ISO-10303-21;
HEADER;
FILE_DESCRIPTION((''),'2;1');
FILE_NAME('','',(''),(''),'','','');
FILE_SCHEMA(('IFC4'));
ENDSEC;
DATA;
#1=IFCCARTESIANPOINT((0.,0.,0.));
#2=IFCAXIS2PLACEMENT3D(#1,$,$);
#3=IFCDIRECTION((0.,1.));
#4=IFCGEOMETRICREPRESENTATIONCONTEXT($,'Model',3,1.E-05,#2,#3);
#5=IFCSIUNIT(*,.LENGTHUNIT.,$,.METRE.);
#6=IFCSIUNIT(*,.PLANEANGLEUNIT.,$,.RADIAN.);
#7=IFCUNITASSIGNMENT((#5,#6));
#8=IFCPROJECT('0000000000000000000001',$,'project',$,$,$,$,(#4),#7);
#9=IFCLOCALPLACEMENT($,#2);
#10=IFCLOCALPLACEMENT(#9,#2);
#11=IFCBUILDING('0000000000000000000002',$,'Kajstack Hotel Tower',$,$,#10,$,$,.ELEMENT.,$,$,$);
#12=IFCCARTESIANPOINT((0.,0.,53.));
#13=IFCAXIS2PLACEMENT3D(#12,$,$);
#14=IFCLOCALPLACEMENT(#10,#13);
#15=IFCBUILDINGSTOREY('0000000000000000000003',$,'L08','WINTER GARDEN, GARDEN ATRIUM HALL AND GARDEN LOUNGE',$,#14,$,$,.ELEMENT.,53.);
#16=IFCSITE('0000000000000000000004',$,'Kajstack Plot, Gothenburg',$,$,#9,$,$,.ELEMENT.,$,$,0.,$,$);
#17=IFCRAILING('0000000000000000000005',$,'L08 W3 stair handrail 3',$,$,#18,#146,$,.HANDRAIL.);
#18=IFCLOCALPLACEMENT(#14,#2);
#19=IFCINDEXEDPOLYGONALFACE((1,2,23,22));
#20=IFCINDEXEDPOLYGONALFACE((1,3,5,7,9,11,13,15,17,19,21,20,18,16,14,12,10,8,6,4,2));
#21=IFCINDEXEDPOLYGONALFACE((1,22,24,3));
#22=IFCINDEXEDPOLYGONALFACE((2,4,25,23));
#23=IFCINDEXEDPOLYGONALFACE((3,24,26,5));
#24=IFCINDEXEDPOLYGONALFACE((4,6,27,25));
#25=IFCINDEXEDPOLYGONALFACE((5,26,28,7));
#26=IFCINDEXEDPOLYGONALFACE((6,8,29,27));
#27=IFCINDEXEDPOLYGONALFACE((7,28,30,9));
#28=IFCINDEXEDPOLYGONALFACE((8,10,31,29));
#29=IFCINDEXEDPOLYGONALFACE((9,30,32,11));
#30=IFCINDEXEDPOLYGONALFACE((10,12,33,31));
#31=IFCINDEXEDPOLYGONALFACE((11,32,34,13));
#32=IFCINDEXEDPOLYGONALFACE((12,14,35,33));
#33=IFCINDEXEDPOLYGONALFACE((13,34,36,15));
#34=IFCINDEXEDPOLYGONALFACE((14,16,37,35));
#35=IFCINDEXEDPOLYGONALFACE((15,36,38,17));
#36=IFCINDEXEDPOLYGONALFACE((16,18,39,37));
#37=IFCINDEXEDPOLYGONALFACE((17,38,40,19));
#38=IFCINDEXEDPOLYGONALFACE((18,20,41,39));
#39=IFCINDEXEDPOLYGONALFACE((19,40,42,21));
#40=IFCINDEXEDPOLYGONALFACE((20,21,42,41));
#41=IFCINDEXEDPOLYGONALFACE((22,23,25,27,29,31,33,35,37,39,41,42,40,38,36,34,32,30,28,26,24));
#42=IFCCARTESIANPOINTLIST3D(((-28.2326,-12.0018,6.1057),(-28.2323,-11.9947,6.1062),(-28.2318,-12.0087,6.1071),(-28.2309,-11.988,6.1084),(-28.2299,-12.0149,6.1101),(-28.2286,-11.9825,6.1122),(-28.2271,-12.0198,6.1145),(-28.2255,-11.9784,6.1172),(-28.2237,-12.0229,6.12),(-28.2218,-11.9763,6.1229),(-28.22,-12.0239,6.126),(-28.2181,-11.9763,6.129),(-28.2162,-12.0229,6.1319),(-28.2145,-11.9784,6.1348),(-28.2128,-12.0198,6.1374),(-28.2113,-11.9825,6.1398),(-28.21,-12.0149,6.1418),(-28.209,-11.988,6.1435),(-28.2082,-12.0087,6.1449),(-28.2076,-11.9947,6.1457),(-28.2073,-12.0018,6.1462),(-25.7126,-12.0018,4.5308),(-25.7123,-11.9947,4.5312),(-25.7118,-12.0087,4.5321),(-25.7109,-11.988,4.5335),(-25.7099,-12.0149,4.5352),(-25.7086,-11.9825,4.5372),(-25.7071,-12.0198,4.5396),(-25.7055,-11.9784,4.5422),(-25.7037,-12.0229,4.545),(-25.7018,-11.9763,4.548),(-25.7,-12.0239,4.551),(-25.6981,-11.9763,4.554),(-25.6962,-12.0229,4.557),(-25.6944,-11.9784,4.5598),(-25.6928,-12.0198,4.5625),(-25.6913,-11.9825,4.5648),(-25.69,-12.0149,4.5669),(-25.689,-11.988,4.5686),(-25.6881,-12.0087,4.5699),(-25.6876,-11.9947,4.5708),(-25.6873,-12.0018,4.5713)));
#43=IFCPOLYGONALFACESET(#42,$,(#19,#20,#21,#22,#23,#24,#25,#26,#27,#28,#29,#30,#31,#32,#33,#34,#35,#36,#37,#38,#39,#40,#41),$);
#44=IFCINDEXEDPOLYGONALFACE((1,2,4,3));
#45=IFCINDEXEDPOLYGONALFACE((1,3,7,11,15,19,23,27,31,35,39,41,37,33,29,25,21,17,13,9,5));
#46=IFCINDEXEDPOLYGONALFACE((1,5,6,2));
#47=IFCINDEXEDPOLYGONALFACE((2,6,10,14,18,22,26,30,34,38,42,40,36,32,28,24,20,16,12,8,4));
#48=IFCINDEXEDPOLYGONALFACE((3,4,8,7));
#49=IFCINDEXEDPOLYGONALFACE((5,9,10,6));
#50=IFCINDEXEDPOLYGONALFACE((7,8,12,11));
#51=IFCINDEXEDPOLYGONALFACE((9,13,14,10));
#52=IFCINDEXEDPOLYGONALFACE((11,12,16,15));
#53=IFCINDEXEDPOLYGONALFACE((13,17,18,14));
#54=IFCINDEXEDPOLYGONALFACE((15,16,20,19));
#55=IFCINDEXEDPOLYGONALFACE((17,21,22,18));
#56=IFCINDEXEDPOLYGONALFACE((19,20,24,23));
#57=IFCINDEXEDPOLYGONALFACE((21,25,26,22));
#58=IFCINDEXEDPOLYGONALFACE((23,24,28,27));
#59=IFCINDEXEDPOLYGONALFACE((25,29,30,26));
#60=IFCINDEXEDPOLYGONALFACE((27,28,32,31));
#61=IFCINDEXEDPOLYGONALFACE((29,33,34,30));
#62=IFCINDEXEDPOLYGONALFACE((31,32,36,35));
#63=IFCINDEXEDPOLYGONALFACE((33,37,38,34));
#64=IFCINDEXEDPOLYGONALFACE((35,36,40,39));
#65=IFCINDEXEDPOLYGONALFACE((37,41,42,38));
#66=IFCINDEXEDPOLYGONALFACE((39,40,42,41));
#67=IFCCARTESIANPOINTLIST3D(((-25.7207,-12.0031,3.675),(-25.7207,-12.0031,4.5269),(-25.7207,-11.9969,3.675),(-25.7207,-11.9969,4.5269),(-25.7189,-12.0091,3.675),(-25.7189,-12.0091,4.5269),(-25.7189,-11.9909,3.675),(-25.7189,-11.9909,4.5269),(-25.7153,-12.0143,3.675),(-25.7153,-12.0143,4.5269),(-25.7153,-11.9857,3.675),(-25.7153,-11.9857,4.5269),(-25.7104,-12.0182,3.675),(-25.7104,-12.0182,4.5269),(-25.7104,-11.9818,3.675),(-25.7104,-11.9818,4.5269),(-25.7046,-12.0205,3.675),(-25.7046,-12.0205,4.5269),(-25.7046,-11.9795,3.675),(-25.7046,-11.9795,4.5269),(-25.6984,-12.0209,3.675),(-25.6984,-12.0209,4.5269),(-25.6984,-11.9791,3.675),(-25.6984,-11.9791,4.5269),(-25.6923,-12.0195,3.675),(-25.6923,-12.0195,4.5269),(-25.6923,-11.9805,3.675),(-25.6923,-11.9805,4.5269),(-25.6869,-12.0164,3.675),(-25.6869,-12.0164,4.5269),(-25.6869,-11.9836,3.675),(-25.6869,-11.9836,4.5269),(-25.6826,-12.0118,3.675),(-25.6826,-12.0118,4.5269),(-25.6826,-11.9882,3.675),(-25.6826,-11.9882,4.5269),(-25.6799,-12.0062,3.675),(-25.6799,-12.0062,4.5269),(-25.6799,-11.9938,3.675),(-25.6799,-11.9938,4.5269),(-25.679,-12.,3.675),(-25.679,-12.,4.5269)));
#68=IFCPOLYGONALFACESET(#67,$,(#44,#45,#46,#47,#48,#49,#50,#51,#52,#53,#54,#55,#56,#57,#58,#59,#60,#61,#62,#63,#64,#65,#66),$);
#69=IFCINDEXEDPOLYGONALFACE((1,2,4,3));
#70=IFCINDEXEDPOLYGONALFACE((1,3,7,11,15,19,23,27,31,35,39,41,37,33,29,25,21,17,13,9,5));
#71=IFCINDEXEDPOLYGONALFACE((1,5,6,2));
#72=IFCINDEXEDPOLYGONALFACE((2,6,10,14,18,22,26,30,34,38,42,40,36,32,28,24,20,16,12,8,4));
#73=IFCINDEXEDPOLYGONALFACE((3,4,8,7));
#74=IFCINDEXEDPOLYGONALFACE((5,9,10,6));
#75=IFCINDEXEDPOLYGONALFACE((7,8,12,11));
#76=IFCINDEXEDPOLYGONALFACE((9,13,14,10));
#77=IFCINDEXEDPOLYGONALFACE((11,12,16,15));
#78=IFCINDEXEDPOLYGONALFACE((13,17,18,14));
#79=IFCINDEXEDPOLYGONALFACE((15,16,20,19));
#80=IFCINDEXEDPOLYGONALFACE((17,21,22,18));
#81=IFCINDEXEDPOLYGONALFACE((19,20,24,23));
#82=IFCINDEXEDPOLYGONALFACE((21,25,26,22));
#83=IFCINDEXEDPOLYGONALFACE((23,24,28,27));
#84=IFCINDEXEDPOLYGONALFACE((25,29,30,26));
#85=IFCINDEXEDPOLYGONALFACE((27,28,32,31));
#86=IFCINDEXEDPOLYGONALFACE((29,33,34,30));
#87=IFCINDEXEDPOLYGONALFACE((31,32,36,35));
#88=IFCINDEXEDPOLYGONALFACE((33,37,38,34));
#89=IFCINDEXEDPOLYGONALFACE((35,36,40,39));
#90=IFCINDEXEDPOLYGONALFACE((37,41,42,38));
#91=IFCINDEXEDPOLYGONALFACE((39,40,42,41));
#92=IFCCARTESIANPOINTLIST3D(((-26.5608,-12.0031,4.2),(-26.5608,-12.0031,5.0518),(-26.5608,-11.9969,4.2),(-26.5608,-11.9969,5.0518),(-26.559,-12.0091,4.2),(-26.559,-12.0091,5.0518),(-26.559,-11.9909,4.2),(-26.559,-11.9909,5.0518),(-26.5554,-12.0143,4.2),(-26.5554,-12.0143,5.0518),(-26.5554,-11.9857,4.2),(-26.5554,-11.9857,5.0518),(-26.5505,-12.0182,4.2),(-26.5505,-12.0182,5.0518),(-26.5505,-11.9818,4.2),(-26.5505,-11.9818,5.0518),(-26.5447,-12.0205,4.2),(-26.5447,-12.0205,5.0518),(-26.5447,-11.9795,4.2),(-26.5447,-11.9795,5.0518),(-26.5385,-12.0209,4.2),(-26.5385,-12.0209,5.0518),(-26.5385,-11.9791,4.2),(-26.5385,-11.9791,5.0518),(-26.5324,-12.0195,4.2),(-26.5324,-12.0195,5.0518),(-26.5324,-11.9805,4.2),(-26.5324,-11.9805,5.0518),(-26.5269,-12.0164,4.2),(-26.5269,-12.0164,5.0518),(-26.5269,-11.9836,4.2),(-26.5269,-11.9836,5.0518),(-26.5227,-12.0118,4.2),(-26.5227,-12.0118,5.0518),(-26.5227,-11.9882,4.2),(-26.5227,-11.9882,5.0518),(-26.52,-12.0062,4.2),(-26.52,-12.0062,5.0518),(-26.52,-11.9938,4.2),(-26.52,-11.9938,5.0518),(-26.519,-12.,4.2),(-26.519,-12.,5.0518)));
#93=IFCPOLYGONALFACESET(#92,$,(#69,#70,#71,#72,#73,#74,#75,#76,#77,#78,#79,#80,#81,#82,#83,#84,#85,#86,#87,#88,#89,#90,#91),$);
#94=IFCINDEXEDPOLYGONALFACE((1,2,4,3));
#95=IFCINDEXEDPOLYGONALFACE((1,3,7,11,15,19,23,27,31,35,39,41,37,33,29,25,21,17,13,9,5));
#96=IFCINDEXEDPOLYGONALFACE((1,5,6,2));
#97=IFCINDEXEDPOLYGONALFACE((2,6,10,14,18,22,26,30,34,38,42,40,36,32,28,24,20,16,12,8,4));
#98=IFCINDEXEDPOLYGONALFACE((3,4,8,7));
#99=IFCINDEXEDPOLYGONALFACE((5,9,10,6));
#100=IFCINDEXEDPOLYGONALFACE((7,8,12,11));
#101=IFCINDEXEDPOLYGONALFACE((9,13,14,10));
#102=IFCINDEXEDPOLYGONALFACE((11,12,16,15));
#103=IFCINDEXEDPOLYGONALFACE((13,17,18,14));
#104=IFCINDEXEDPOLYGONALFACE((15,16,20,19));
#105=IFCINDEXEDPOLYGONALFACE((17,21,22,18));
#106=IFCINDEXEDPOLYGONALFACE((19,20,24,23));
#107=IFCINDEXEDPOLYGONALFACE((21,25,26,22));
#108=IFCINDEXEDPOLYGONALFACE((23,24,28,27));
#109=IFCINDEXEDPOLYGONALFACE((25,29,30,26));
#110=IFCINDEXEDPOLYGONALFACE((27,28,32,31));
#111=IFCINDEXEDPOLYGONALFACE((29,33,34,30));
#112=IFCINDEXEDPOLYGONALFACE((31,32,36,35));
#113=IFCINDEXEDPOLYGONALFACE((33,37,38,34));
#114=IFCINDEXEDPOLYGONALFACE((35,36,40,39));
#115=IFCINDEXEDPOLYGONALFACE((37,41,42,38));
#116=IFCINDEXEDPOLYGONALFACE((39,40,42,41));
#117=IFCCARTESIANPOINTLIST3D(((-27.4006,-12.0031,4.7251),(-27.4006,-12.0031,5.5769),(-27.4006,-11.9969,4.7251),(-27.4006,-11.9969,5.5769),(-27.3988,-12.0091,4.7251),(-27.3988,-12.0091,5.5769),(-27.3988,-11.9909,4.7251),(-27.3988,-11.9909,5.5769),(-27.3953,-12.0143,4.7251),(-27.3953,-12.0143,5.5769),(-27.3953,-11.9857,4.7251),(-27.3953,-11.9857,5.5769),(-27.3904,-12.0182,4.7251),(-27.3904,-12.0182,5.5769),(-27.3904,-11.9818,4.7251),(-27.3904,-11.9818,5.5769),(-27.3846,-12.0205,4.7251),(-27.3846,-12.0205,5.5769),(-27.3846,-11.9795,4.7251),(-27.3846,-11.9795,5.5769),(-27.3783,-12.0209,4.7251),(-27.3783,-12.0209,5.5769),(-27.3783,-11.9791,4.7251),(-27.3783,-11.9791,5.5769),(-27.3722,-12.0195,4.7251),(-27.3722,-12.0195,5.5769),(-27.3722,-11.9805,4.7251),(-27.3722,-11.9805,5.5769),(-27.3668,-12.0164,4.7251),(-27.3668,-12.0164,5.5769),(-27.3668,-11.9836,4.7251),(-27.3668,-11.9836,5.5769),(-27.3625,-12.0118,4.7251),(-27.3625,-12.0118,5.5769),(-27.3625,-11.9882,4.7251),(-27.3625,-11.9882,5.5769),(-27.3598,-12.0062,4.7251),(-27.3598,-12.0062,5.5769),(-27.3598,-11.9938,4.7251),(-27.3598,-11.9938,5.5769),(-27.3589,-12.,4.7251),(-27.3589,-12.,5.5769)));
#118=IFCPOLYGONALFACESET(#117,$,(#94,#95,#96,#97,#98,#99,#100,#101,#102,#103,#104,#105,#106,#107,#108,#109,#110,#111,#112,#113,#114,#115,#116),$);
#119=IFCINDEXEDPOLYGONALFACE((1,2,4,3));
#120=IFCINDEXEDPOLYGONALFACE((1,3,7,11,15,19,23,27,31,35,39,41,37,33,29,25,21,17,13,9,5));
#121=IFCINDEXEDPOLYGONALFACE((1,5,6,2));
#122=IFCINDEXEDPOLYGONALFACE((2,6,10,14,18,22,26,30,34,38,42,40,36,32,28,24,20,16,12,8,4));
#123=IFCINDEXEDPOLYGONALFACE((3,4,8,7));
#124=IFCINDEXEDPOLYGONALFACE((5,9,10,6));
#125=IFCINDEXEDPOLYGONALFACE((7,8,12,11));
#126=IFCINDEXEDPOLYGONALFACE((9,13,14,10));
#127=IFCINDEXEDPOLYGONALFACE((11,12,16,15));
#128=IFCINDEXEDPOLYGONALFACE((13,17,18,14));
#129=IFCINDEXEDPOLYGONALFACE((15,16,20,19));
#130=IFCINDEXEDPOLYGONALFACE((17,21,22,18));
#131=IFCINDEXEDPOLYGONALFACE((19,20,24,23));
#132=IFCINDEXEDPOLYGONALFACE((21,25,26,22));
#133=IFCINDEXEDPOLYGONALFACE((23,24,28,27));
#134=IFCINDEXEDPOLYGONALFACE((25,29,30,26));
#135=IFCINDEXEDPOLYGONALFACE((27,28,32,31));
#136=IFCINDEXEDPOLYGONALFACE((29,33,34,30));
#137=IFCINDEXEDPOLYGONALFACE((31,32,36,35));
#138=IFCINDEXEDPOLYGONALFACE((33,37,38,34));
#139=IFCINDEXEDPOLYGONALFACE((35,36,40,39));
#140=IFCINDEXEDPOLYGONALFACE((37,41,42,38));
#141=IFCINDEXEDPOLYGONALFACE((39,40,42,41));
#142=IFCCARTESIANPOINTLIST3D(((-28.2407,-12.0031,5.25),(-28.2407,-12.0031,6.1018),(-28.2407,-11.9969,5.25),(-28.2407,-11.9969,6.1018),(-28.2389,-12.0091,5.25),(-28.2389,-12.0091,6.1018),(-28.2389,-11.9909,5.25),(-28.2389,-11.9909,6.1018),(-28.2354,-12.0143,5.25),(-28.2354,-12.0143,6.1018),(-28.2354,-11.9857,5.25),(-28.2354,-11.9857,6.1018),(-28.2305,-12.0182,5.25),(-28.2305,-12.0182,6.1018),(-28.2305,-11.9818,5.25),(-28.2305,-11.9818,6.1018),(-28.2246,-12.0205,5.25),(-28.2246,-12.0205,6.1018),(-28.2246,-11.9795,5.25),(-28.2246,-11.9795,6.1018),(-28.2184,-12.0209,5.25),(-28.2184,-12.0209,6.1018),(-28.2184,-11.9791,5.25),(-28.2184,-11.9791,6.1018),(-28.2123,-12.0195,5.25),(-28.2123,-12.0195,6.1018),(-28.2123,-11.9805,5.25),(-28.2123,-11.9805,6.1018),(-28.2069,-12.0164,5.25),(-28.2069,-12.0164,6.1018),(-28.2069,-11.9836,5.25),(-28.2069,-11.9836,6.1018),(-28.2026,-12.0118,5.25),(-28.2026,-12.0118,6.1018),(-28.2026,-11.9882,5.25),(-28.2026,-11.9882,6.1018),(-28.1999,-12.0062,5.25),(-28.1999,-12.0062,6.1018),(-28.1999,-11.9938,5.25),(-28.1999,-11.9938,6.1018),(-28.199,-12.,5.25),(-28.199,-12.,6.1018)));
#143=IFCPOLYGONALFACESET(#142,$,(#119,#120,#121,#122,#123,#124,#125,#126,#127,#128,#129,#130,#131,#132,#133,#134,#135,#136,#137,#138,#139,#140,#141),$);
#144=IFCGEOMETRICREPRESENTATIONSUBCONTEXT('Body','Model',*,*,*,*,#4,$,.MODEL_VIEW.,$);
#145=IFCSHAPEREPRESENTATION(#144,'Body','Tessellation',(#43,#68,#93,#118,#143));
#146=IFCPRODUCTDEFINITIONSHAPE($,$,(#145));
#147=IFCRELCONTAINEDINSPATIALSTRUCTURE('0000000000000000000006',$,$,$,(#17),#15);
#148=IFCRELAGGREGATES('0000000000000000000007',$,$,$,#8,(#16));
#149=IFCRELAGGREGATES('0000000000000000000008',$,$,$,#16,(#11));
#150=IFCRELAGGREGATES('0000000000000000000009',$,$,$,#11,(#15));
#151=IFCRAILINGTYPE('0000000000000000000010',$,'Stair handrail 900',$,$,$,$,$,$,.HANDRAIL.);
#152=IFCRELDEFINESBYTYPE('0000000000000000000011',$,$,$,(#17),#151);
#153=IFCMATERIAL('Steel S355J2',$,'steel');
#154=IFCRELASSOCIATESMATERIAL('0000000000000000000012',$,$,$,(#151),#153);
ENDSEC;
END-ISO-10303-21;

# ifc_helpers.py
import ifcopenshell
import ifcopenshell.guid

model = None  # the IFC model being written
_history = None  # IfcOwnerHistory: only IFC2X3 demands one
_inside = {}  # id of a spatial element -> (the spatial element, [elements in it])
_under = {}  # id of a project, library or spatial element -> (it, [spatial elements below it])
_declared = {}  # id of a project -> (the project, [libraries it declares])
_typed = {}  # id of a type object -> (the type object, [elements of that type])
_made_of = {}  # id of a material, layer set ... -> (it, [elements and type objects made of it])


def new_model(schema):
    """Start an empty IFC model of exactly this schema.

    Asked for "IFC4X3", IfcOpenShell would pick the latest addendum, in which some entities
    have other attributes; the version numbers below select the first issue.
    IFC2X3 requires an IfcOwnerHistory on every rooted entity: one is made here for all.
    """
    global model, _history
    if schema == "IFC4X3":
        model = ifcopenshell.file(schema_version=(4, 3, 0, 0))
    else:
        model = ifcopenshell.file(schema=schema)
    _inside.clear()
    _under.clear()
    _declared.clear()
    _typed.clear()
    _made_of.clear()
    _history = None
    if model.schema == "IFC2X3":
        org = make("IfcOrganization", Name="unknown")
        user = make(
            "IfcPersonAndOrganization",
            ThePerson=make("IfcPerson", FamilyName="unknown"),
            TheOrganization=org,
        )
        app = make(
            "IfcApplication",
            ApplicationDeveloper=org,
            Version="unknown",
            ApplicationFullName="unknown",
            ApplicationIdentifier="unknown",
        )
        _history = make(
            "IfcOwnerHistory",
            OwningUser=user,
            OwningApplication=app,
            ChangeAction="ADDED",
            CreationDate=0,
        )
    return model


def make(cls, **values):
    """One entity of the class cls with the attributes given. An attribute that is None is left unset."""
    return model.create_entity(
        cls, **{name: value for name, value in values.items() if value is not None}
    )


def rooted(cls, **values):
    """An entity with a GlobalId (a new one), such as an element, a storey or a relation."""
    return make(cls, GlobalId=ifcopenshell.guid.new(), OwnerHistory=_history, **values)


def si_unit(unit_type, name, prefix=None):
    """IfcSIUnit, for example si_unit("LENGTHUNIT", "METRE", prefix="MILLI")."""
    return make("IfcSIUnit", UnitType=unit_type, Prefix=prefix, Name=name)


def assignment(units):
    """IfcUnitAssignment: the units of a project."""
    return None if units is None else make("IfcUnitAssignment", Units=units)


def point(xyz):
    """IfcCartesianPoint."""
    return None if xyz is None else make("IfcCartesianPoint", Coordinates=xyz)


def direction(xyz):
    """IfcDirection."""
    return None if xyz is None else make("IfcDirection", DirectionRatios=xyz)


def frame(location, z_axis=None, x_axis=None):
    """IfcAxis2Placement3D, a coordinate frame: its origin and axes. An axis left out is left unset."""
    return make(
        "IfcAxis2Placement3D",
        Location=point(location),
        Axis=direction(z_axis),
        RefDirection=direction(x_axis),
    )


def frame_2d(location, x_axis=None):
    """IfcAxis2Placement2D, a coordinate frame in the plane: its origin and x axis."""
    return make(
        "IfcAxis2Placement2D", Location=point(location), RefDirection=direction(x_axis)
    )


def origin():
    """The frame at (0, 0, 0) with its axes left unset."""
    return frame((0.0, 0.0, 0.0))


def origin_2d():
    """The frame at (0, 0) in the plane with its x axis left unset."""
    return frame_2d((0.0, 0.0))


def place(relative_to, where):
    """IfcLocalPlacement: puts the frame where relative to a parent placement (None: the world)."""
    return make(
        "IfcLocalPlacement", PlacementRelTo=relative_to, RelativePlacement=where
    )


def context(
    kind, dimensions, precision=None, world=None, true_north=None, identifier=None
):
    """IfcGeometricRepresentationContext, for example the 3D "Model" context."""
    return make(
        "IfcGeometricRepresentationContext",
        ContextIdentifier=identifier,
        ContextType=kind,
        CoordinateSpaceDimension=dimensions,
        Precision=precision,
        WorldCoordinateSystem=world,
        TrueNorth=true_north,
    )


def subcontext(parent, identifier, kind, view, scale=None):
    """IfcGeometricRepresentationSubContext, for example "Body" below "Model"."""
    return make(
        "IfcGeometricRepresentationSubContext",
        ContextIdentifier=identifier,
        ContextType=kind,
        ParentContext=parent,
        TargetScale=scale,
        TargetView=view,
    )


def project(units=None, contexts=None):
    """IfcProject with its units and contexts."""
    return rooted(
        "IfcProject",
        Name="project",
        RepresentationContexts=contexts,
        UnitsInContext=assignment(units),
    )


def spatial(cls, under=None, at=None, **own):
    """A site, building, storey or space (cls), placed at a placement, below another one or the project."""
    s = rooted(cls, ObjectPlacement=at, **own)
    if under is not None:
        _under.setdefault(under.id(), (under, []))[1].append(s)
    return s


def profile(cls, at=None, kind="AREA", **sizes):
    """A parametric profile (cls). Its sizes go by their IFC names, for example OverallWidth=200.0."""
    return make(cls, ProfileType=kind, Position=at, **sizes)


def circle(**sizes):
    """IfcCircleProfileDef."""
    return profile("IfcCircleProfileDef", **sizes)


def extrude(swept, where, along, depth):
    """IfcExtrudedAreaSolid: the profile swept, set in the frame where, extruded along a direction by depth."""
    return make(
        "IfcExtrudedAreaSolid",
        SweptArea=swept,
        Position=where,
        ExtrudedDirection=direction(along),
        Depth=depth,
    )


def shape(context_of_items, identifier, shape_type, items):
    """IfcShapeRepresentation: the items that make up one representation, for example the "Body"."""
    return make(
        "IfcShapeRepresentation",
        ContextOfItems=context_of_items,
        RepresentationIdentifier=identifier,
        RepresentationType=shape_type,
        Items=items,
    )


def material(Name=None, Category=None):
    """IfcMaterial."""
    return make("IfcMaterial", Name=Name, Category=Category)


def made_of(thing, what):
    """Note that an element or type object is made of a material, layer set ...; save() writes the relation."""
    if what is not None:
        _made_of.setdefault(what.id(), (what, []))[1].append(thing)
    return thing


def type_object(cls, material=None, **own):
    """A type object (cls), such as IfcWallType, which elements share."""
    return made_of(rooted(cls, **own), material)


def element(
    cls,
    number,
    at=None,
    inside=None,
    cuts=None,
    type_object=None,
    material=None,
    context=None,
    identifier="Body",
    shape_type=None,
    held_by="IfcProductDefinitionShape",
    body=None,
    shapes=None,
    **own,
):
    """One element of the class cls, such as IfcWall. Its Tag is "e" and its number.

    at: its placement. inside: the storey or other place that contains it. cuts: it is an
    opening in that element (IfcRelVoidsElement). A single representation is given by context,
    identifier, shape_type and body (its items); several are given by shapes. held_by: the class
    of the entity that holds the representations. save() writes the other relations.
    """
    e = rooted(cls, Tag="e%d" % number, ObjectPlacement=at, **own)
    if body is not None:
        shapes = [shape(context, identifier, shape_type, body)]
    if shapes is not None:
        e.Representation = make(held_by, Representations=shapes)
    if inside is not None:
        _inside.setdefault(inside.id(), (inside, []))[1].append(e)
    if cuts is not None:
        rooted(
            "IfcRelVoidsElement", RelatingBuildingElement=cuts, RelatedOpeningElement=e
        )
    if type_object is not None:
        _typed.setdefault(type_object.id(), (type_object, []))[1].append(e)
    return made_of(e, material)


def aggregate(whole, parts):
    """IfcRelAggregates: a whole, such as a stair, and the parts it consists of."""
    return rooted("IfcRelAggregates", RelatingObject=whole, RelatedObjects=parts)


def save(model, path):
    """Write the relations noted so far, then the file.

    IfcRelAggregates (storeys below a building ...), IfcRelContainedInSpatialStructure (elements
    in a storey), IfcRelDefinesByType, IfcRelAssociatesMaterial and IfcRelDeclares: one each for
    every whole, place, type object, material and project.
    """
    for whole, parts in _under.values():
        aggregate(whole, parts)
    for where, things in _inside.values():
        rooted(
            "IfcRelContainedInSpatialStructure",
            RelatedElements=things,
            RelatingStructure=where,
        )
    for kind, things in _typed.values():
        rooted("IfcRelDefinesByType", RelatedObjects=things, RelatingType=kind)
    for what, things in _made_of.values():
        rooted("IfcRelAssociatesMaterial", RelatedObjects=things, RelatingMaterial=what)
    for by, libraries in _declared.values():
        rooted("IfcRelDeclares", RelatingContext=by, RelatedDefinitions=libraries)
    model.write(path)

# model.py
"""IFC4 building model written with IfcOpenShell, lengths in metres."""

from ifc_helpers import new_model, si_unit, direction, frame, origin, origin_2d, place, context, subcontext, project, spatial, circle, extrude, material, type_object, element, save


model = new_model("IFC4")

# Units and contexts
model_context = context("Model", 3, precision=1e-05, world=origin(), true_north=direction((0.0, 1.0)))
body_context = subcontext(model_context, "Body", "Model", "MODEL_VIEW")
ifc_project = project(units=[si_unit("LENGTHUNIT", "METRE"), si_unit("PLANEANGLEUNIT", "RADIAN")], contexts=[model_context])

# Site, building, storey
site_placement = place(None, origin())
site = spatial("IfcSite", under=ifc_project, at=site_placement, Name="Kajstack Plot, Gothenburg", CompositionType="ELEMENT", RefElevation=0.0)
building_placement = place(site_placement, origin())
building = spatial("IfcBuilding", under=site, at=building_placement, Name="Kajstack Hotel Tower", CompositionType="ELEMENT")
storey_placement = place(building_placement, frame((0.0, 0.0, 53.0)))
storey = spatial("IfcBuildingStorey", under=building, at=storey_placement, Name="L08", Description="WINTER GARDEN, GARDEN ATRIUM HALL AND GARDEN LOUNGE", CompositionType="ELEMENT", Elevation=53.0)

# Railing
ifc_material_1 = material(Name="Steel S355J2", Category="steel")
railing_type_1 = type_object("IfcRailingType", Name="Stair handrail 900", PredefinedType="HANDRAIL", material=ifc_material_1)
for number, where, name in (
    (1, (-25.7, -12.0, 3.675), "L08 W3 stair handrail 3"),
):
    element("IfcRailing", number, at=place(storey_placement, frame(where)), inside=storey, type_object=railing_type_1, Name=name, PredefinedType="HANDRAIL", context=body_context, shape_type="SweptSolid", body=[
        extrude(circle(Radius=0.0239, at=origin_2d()), frame((0.0, 0.0, 0.876), z_axis=(-0.848008, 0.0, 0.529984), x_axis=(0.0, -1.0, 0.0)), (0.0, 0.0, 1.0), 2.9717),
        extrude(circle(Radius=0.021, at=origin_2d()), origin(), (0.0, 0.0, 1.0), 0.8518),
        extrude(circle(Radius=0.021, at=origin_2d()), frame((-0.8401, 0.0, 0.5249)), (0.0, 0.0, 1.0), 0.8518),
        extrude(circle(Radius=0.021, at=origin_2d()), frame((-1.6799, 0.0, 1.05)), (0.0, 0.0, 1.0), 0.8518),
        extrude(circle(Radius=0.021, at=origin_2d()), frame((-2.52, 0.0, 1.575)), (0.0, 0.0, 1.0), 0.8518),
    ])

save(model, "model.ifc")
